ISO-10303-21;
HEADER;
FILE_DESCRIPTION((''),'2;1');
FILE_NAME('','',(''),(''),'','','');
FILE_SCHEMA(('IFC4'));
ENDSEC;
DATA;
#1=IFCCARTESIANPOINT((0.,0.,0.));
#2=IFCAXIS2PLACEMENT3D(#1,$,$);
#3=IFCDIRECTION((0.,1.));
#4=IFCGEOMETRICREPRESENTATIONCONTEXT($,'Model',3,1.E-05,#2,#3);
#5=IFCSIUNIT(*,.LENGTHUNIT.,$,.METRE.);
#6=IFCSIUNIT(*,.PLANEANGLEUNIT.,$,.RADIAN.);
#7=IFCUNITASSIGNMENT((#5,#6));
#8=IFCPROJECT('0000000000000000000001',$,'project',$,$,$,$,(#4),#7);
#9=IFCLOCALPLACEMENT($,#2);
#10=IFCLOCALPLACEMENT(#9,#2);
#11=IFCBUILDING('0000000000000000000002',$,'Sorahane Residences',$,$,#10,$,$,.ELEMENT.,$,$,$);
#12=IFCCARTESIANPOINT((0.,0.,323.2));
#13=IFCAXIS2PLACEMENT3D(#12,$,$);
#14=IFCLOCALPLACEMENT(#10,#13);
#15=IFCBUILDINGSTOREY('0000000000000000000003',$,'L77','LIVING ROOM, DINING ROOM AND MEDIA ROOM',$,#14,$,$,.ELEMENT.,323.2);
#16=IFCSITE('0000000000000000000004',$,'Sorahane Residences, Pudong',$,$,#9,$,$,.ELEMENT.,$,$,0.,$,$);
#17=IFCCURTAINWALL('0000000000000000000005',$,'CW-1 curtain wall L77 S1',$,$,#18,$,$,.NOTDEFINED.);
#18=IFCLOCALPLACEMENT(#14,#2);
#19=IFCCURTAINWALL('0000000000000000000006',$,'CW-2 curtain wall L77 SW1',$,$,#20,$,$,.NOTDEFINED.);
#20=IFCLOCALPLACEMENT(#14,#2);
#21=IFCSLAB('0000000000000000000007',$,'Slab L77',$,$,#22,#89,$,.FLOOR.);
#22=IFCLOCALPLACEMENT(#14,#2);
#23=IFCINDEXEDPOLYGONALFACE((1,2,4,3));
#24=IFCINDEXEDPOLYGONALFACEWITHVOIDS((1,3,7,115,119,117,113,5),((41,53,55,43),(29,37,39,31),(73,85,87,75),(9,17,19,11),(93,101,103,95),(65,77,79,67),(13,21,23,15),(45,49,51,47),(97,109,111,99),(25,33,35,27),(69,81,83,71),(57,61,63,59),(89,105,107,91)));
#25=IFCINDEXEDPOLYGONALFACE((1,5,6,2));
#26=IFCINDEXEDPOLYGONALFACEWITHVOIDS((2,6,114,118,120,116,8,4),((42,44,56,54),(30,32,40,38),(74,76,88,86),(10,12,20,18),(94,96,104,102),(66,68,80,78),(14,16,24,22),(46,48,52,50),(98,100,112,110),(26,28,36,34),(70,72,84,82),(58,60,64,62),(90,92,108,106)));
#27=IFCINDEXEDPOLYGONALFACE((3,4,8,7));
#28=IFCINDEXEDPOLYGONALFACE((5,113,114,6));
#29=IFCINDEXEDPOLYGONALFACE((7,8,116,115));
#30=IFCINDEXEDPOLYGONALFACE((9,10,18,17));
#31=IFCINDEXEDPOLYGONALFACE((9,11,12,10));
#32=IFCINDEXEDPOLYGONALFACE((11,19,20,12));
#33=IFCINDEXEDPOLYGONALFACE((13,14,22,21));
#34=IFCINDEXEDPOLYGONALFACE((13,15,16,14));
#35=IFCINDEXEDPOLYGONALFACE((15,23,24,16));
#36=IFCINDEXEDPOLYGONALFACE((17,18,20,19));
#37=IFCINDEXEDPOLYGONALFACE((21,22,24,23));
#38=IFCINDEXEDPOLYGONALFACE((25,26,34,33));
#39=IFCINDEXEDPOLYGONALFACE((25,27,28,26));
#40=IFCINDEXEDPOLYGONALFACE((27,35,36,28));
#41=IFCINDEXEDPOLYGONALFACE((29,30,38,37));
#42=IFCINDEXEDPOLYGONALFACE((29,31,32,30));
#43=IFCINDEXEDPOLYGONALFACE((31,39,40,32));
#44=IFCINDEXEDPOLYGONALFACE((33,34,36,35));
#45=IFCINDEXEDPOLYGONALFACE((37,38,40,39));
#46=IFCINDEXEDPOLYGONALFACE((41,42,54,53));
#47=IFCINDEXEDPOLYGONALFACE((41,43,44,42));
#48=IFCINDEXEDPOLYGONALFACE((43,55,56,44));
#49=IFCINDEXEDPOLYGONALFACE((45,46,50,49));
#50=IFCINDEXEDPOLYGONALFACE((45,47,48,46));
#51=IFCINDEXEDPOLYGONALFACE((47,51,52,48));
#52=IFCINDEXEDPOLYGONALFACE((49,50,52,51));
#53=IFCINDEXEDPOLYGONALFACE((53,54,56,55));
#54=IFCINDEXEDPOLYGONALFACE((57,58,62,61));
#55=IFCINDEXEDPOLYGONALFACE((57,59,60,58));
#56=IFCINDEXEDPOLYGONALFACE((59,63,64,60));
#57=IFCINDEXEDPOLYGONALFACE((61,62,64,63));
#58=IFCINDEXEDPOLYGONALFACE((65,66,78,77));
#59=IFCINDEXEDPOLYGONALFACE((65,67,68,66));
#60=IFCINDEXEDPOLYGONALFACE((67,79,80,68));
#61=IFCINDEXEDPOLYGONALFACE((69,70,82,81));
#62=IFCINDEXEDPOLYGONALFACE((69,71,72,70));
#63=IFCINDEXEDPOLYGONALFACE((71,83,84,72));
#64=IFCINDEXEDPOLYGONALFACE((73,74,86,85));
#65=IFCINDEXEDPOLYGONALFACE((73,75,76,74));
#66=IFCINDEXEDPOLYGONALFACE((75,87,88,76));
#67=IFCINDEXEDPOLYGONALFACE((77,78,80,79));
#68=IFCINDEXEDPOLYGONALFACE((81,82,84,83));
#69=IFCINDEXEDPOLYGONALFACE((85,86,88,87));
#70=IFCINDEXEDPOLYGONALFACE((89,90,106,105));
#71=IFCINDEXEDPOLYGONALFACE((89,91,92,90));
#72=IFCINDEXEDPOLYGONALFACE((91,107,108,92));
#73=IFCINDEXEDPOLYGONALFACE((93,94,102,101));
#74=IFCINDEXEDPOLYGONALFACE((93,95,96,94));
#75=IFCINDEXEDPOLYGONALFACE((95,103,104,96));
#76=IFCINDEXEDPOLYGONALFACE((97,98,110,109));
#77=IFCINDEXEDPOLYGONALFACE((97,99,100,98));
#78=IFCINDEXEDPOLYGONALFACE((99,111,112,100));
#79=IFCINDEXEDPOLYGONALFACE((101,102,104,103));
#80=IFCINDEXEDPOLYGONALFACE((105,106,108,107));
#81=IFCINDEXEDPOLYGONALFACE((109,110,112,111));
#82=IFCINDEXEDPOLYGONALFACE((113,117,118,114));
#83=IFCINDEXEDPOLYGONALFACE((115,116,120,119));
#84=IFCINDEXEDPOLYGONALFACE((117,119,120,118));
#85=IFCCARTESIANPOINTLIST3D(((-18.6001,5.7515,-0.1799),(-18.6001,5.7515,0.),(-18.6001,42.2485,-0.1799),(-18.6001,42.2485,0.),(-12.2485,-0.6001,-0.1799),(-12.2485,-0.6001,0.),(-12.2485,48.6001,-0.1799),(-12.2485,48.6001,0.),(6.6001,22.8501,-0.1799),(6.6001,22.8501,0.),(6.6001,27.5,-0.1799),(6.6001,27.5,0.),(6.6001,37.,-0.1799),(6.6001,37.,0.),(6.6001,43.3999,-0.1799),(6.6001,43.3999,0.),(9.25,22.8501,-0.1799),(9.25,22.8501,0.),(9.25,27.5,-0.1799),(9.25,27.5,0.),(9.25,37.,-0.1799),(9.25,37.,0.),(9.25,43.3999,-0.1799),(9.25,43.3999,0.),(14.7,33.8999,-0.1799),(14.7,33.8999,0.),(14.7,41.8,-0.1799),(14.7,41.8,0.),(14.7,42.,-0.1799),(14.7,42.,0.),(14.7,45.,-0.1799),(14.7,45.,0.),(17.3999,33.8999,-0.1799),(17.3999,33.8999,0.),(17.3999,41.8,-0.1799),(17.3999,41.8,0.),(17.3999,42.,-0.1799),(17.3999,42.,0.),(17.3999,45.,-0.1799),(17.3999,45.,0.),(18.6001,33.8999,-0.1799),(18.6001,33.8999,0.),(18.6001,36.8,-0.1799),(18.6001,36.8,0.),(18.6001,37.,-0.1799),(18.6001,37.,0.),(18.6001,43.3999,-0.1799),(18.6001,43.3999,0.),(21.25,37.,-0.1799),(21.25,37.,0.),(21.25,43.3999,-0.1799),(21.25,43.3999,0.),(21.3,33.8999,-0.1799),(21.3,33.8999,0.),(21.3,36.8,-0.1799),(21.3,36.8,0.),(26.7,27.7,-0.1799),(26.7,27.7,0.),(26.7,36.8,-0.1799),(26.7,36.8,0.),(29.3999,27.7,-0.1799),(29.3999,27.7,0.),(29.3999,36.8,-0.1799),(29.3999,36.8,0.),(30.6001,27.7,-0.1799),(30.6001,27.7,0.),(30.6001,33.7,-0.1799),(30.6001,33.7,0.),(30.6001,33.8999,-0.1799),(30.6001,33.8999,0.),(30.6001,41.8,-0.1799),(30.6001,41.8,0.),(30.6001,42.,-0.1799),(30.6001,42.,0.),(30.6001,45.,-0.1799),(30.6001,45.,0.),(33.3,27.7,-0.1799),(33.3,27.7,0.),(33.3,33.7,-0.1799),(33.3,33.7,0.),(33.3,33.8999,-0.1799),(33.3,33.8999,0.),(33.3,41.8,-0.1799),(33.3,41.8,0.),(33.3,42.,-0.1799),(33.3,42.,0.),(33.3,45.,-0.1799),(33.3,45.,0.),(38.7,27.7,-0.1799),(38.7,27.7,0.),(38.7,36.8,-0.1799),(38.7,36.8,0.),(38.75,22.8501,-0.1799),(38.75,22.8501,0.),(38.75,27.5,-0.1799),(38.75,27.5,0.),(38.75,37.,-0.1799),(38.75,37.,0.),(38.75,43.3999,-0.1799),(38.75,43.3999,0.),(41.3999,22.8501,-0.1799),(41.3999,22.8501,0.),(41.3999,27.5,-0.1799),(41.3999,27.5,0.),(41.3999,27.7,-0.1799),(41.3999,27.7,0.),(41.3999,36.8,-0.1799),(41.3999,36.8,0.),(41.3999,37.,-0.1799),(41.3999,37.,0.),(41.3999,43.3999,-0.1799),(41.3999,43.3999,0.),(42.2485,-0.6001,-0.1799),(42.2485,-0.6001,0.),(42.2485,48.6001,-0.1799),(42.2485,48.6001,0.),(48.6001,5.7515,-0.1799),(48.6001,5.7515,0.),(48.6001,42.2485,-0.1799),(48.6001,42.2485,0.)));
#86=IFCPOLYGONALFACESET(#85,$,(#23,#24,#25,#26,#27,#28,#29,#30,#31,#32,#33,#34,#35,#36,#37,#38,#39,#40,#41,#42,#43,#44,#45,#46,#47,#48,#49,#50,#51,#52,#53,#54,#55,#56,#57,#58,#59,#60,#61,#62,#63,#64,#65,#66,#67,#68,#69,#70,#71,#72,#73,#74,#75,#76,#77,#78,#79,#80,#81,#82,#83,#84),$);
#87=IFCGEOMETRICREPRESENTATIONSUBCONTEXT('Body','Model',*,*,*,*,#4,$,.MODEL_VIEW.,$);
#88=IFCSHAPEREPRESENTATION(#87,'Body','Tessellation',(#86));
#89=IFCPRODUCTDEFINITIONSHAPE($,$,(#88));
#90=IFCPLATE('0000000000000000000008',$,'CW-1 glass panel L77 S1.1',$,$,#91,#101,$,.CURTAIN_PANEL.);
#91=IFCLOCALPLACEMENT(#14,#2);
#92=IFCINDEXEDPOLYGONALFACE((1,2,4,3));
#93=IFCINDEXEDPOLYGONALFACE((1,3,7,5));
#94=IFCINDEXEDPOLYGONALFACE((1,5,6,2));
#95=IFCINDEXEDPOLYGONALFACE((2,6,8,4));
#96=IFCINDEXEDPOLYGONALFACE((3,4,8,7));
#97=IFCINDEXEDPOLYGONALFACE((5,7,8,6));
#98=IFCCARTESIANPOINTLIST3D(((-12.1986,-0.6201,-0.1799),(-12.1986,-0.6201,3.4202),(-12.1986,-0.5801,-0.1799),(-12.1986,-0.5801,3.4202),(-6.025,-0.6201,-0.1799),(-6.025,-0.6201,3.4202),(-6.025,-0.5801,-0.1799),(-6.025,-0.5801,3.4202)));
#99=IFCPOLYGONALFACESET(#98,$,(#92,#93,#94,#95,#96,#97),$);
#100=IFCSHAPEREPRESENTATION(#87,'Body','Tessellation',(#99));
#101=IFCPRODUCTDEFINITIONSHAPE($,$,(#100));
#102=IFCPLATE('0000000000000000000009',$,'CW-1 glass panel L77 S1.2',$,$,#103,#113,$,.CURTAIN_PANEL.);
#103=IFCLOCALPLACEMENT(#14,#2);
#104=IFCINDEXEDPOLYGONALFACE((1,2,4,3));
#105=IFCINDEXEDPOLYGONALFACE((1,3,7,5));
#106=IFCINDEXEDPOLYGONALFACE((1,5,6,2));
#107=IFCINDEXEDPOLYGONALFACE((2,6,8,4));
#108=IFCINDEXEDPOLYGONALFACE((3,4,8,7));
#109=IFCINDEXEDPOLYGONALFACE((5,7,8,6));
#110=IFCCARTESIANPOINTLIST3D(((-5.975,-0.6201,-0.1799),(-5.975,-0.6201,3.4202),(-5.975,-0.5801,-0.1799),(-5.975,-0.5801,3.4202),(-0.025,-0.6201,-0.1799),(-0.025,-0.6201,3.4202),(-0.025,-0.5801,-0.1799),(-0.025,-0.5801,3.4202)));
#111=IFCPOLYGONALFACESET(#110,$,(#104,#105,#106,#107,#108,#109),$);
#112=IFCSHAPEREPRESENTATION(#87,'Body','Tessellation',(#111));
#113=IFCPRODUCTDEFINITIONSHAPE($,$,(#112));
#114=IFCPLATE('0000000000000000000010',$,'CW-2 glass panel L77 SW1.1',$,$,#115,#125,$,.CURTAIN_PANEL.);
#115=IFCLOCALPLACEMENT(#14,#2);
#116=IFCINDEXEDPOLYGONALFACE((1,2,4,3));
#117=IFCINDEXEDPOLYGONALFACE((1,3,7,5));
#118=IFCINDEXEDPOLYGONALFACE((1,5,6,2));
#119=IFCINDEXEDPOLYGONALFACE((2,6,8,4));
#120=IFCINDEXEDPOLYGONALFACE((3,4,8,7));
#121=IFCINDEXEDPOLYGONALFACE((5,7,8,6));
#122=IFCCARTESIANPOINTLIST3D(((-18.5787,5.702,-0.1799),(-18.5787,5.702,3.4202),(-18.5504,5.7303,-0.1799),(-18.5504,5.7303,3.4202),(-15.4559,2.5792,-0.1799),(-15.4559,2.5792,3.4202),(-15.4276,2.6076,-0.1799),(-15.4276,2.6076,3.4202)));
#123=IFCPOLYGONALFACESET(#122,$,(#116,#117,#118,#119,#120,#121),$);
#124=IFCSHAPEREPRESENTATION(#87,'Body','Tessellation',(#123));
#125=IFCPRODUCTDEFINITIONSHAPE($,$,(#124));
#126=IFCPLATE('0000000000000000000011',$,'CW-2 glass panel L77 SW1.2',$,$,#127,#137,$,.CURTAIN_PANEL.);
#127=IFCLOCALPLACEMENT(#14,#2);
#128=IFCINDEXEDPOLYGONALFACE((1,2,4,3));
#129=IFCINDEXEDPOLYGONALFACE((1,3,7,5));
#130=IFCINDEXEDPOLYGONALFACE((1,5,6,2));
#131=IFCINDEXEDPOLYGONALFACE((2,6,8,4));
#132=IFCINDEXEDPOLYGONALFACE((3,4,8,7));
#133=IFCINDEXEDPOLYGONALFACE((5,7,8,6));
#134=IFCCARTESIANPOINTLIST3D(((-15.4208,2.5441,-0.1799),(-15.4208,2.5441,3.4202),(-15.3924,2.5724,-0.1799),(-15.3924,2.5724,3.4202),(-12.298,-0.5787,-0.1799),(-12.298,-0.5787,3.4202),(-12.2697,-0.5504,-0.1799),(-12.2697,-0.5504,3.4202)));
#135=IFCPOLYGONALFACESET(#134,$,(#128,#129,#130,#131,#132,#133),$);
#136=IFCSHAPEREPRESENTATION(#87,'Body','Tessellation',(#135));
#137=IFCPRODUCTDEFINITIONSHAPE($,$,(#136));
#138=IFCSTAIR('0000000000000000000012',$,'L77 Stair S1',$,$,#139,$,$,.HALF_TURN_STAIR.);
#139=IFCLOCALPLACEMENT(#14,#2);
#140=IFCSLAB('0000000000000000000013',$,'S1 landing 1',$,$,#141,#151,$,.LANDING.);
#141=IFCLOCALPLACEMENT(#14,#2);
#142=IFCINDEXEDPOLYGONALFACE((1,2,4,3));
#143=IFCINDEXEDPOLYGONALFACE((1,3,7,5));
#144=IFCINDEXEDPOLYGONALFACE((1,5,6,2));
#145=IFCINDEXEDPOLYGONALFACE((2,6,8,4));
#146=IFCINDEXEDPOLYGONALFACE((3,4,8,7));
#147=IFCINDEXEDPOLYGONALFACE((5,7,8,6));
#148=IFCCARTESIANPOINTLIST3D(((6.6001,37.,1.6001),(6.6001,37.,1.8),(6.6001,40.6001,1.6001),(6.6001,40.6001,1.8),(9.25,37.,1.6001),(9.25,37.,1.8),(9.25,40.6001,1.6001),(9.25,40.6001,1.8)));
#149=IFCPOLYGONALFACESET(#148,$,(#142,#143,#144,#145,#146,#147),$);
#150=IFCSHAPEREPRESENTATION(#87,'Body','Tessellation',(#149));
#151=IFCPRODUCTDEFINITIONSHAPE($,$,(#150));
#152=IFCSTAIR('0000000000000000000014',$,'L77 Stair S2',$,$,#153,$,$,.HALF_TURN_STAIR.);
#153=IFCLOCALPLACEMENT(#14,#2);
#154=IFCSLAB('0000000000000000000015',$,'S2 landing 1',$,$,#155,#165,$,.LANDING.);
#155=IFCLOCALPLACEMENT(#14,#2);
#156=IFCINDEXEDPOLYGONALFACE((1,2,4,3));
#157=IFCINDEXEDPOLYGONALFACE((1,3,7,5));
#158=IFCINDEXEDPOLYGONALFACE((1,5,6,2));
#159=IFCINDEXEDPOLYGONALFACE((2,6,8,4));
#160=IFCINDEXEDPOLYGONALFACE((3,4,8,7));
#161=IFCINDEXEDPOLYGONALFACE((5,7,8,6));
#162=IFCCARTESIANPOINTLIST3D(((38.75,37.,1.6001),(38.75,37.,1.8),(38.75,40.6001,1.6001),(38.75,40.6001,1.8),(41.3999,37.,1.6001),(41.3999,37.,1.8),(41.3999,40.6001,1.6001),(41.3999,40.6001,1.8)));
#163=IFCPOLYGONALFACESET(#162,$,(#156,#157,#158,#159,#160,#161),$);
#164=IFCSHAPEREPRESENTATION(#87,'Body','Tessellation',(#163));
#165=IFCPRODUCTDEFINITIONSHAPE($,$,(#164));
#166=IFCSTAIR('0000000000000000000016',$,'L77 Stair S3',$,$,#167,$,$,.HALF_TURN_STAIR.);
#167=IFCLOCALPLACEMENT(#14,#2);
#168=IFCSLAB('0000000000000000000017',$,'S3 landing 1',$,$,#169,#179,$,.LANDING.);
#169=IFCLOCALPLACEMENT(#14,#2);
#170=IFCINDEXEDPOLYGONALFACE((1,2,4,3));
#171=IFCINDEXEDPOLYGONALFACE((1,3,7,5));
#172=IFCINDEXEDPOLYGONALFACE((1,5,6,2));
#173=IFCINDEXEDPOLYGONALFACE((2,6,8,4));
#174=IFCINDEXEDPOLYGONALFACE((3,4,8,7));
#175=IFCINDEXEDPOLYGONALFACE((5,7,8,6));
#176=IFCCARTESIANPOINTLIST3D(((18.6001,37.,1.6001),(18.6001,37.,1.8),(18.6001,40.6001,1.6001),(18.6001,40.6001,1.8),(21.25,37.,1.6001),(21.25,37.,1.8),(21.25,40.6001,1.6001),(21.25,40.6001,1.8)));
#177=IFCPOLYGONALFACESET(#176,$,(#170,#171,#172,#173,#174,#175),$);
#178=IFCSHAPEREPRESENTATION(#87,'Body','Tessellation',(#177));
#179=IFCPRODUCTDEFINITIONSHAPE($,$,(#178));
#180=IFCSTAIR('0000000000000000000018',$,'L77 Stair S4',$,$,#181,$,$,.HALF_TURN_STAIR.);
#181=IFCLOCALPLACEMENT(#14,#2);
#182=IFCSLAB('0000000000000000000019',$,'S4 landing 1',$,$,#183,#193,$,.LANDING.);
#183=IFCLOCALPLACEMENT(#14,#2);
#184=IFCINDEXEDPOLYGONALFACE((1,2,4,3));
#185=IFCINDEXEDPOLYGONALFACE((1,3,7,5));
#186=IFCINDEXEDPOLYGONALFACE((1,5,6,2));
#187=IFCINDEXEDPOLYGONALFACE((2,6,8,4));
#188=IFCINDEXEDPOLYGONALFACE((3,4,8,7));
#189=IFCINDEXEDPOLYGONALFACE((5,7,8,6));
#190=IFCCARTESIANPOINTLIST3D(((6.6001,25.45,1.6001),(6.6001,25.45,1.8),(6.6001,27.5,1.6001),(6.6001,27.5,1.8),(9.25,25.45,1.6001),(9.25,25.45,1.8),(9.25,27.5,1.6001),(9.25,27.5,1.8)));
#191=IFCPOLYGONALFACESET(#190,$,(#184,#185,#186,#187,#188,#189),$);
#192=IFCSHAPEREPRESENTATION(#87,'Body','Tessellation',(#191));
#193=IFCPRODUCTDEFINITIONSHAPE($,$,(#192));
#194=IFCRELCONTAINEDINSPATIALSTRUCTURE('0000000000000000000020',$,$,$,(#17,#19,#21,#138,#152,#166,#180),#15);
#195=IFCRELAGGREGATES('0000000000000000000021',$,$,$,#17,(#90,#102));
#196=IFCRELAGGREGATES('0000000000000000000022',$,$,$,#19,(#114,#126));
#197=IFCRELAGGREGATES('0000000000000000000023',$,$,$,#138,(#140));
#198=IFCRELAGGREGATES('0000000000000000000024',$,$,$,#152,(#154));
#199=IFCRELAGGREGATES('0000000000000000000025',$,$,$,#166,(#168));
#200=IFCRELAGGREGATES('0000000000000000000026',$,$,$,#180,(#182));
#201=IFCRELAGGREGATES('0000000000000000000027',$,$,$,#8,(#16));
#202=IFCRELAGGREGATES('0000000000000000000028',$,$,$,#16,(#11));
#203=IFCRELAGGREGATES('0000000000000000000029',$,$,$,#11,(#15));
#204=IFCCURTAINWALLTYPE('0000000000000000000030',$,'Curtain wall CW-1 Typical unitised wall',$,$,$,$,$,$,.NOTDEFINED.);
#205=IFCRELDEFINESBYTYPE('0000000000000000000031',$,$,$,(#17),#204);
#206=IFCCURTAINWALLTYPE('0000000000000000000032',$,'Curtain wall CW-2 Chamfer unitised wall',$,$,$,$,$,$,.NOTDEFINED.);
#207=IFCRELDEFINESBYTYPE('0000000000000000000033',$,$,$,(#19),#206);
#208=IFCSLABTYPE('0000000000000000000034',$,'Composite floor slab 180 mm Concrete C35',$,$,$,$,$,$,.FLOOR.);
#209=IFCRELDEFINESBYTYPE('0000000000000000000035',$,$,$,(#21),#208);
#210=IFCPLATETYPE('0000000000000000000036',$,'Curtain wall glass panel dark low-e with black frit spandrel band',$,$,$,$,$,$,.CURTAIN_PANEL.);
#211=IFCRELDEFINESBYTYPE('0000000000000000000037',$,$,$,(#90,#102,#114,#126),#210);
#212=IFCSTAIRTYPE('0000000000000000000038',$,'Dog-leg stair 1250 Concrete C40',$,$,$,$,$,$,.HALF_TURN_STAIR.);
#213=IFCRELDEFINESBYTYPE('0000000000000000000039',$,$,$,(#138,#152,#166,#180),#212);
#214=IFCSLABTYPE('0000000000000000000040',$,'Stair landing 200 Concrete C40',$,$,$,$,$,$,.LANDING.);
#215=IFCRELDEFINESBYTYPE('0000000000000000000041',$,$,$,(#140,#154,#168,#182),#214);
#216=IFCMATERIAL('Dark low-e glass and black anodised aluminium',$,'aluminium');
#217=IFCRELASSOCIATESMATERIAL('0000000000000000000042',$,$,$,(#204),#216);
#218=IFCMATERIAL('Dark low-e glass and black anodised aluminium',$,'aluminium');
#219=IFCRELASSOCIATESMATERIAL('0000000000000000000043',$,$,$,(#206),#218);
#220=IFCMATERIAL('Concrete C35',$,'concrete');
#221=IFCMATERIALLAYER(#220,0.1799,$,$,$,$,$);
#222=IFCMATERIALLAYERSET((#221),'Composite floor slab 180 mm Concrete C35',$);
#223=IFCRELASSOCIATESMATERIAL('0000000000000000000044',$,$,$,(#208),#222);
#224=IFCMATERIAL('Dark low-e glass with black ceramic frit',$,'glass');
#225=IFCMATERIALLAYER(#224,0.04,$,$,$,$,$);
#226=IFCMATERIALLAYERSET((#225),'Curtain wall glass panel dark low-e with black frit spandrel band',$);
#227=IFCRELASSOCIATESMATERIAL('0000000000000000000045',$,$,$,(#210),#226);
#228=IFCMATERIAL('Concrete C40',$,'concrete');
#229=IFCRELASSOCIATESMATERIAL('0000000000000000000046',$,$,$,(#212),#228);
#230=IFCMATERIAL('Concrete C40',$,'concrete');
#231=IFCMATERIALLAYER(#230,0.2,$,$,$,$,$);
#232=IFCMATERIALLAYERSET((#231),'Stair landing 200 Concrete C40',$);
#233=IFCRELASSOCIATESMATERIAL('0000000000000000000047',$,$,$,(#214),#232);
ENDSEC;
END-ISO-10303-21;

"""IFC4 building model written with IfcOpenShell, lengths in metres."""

from ifc_helpers import new_model, si_unit, direction, frame, origin, origin_2d, place, context, subcontext, project, spatial, polyline, rectangle, outline, extrude, material, layer, layer_set, type_object, element, aggregate, save


model = new_model("IFC4")

# Units and contexts
model_context = context("Model", 3, precision=1e-05, world=origin(), true_north=direction((0.0, 1.0)))
body_context = subcontext(model_context, "Body", "Model", "MODEL_VIEW")
ifc_project = project(units=[si_unit("LENGTHUNIT", "METRE"), si_unit("PLANEANGLEUNIT", "RADIAN")], contexts=[model_context])

# Site, building, storey
site_placement = place(None, origin())
site = spatial("IfcSite", under=ifc_project, at=site_placement, Name="Sorahane Residences, Pudong", CompositionType="ELEMENT", RefElevation=0.0)
building_placement = place(site_placement, origin())
building = spatial("IfcBuilding", under=site, at=building_placement, Name="Sorahane Residences", CompositionType="ELEMENT")
storey_placement = place(building_placement, frame((0.0, 0.0, 323.2)))
storey = spatial("IfcBuildingStorey", under=building, at=storey_placement, Name="L77", Description="LIVING ROOM, DINING ROOM AND MEDIA ROOM", CompositionType="ELEMENT", Elevation=323.2)

# Curtain wall
ifc_material_1 = material(Name="Dark low-e glass and black anodised aluminium", Category="aluminium")
curtain_wall_type_1 = type_object("IfcCurtainWallType", Name="Curtain wall CW-1 Typical unitised wall", PredefinedType="NOTDEFINED", material=ifc_material_1)
curtain_wall_1_placement = place(storey_placement, origin())
curtain_wall_1 = element("IfcCurtainWall", 1, at=curtain_wall_1_placement, inside=storey, type_object=curtain_wall_type_1, Name="CW-1 curtain wall L77 S1", PredefinedType="NOTDEFINED")

# Curtain wall
ifc_material_2 = material(Name="Dark low-e glass and black anodised aluminium", Category="aluminium")
curtain_wall_type_2 = type_object("IfcCurtainWallType", Name="Curtain wall CW-2 Chamfer unitised wall", PredefinedType="NOTDEFINED", material=ifc_material_2)
curtain_wall_2_placement = place(storey_placement, origin())
curtain_wall_2 = element("IfcCurtainWall", 2, at=curtain_wall_2_placement, inside=storey, type_object=curtain_wall_type_2, Name="CW-2 curtain wall L77 SW1", PredefinedType="NOTDEFINED")

# Slab
ifc_material_3 = material(Name="Concrete C35", Category="concrete")
ifc_layer_1 = layer(ifc_material_3, 0.1799)
ifc_layer_set_1 = layer_set([ifc_layer_1], Name="Composite floor slab 180 mm Concrete C35")
slab_type_1 = type_object("IfcSlabType", Name="Composite floor slab 180 mm Concrete C35", PredefinedType="FLOOR", material=ifc_layer_set_1)
slab_1_placement = place(storey_placement, frame((0.0, 0.0, -0.1799)))
element("IfcSlab", 3, at=slab_1_placement, inside=storey, type_object=slab_type_1, Name="Slab L77", PredefinedType="FLOOR", context=body_context, shape_type="SweptSolid", body=[
    extrude(outline(polyline([(-12.2485, -0.6001), (-18.6001, 5.7515), (-18.6001, 42.2485), (-12.2485, 48.6001), (42.2485, 48.6001), (48.6001, 42.2485), (48.6001, 5.7515), (42.2485, -0.6001), (-12.2485, -0.6001)]), holes=[polyline([(38.7, 27.7), (41.3999, 27.7), (41.3999, 36.8), (38.7, 36.8), (38.7, 27.7)]), polyline([(30.6001, 27.7), (33.3, 27.7), (33.3, 33.7), (30.6001, 33.7), (30.6001, 27.7)]), polyline([(30.6001, 42.0), (33.3, 42.0), (33.3, 45.0), (30.6001, 45.0), (30.6001, 42.0)]), polyline([(14.7, 42.0), (17.3999, 42.0), (17.3999, 45.0), (14.7, 45.0), (14.7, 42.0)]), polyline([(6.6001, 43.3999), (6.6001, 37.0), (9.25, 37.0), (9.25, 43.3999), (6.6001, 43.3999)]), polyline([(38.75, 43.3999), (38.75, 37.0), (41.3999, 37.0), (41.3999, 43.3999), (38.75, 43.3999)]), polyline([(18.6001, 43.3999), (18.6001, 37.0), (21.25, 37.0), (21.25, 43.3999), (18.6001, 43.3999)]), polyline([(9.25, 22.8501), (9.25, 27.5), (6.6001, 27.5), (6.6001, 22.8501), (9.25, 22.8501)]), polyline([(41.3999, 22.8501), (41.3999, 27.5), (38.75, 27.5), (38.75, 22.8501), (41.3999, 22.8501)]), polyline([(14.7, 33.8999), (17.3999, 33.8999), (17.3999, 41.8), (14.7, 41.8), (14.7, 33.8999)]), polyline([(30.6001, 33.8999), (33.3, 33.8999), (33.3, 41.8), (30.6001, 41.8), (30.6001, 33.8999)]), polyline([(18.6001, 33.8999), (21.3, 33.8999), (21.3, 36.8), (18.6001, 36.8), (18.6001, 33.8999)]), polyline([(26.7, 27.7), (29.3999, 27.7), (29.3999, 36.8), (26.7, 36.8), (26.7, 27.7)])]), origin(), (0.0, 0.0, 1.0), 0.1799),
])

# Plates
ifc_material_4 = material(Name="Dark low-e glass with black ceramic frit", Category="glass")
ifc_layer_2 = layer(ifc_material_4, 0.04)
ifc_layer_set_2 = layer_set([ifc_layer_2], Name="Curtain wall glass panel dark low-e with black frit spandrel band")
plate_type = type_object("IfcPlateType", Name="Curtain wall glass panel dark low-e with black frit spandrel band", PredefinedType="CURTAIN_PANEL", material=ifc_layer_set_2)
plate_1_placement = place(storey_placement, frame((-9.1118, -0.6001, -0.1799), z_axis=(0.0, 0.0, 1.0), x_axis=(1.0, 0.0, 0.0)))
plate_1 = element("IfcPlate", 4, at=plate_1_placement, type_object=plate_type, Name="CW-1 glass panel L77 S1.1", PredefinedType="CURTAIN_PANEL", context=body_context, shape_type="SweptSolid", body=[
    extrude(rectangle(XDim=6.1736, YDim=0.04, at=origin_2d()), origin(), (0.0, 0.0, 1.0), 3.6001),
])
plate_2_placement = place(storey_placement, frame((-3.0, -0.6001, -0.1799), z_axis=(0.0, 0.0, 1.0), x_axis=(1.0, 0.0, 0.0)))
plate_2 = element("IfcPlate", 5, at=plate_2_placement, type_object=plate_type, Name="CW-1 glass panel L77 S1.2", PredefinedType="CURTAIN_PANEL", context=body_context, shape_type="SweptSolid", body=[
    extrude(rectangle(XDim=5.95, YDim=0.04, at=origin_2d()), origin(), (0.0, 0.0, 1.0), 3.6001),
])
aggregate(curtain_wall_1, [plate_1, plate_2])
plate_3_placement = place(storey_placement, frame((-17.0032, 4.1548, -0.1799), z_axis=(0.0, 0.0, 1.0), x_axis=(0.707107, -0.707107, 0.0)))
plate_3 = element("IfcPlate", 6, at=plate_3_placement, type_object=plate_type, Name="CW-2 glass panel L77 SW1.1", PredefinedType="CURTAIN_PANEL", context=body_context, shape_type="SweptSolid", body=[
    extrude(rectangle(XDim=4.4163, YDim=0.04, at=origin_2d()), origin(), (0.0, 0.0, 1.0), 3.6001),
])
plate_4_placement = place(storey_placement, frame((-13.8452, 0.9968, -0.1799), z_axis=(0.0, 0.0, 1.0), x_axis=(0.707107, -0.707107, 0.0)))
plate_4 = element("IfcPlate", 7, at=plate_4_placement, type_object=plate_type, Name="CW-2 glass panel L77 SW1.2", PredefinedType="CURTAIN_PANEL", context=body_context, shape_type="SweptSolid", body=[
    extrude(rectangle(XDim=4.4163, YDim=0.04, at=origin_2d()), origin(), (0.0, 0.0, 1.0), 3.6001),
])
aggregate(curtain_wall_2, [plate_3, plate_4])

# Stairs, slabs
ifc_material_5 = material(Name="Concrete C40", Category="concrete")
stair_type = type_object("IfcStairType", Name="Dog-leg stair 1250 Concrete C40", PredefinedType="HALF_TURN_STAIR", material=ifc_material_5)
stair_1_placement = place(storey_placement, origin())
stair_1 = element("IfcStair", 8, at=stair_1_placement, inside=storey, type_object=stair_type, Name="L77 Stair S1", PredefinedType="HALF_TURN_STAIR")
ifc_material_6 = material(Name="Concrete C40", Category="concrete")
ifc_layer_3 = layer(ifc_material_6, 0.2)
ifc_layer_set_3 = layer_set([ifc_layer_3], Name="Stair landing 200 Concrete C40")
slab_type_2 = type_object("IfcSlabType", Name="Stair landing 200 Concrete C40", PredefinedType="LANDING", material=ifc_layer_set_3)
slab_2_placement = place(storey_placement, frame((0.0, 0.0, 1.6001)))
slab_2 = element("IfcSlab", 9, at=slab_2_placement, type_object=slab_type_2, Name="S1 landing 1", PredefinedType="LANDING", context=body_context, shape_type="SweptSolid", body=[
    extrude(outline(polyline([(6.6001, 40.6001), (6.6001, 37.0), (9.25, 37.0), (9.25, 40.6001), (6.6001, 40.6001)])), origin(), (0.0, 0.0, 1.0), 0.2),
])
aggregate(stair_1, [slab_2])
stair_2_placement = place(storey_placement, origin())
stair_2 = element("IfcStair", 10, at=stair_2_placement, inside=storey, type_object=stair_type, Name="L77 Stair S2", PredefinedType="HALF_TURN_STAIR")
slab_3_placement = place(storey_placement, frame((0.0, 0.0, 1.6001)))
slab_3 = element("IfcSlab", 11, at=slab_3_placement, type_object=slab_type_2, Name="S2 landing 1", PredefinedType="LANDING", context=body_context, shape_type="SweptSolid", body=[
    extrude(outline(polyline([(38.75, 40.6001), (38.75, 37.0), (41.3999, 37.0), (41.3999, 40.6001), (38.75, 40.6001)])), origin(), (0.0, 0.0, 1.0), 0.2),
])
aggregate(stair_2, [slab_3])
stair_3_placement = place(storey_placement, origin())
stair_3 = element("IfcStair", 12, at=stair_3_placement, inside=storey, type_object=stair_type, Name="L77 Stair S3", PredefinedType="HALF_TURN_STAIR")
slab_4_placement = place(storey_placement, frame((0.0, 0.0, 1.6001)))
slab_4 = element("IfcSlab", 13, at=slab_4_placement, type_object=slab_type_2, Name="S3 landing 1", PredefinedType="LANDING", context=body_context, shape_type="SweptSolid", body=[
    extrude(outline(polyline([(18.6001, 40.6001), (18.6001, 37.0), (21.25, 37.0), (21.25, 40.6001), (18.6001, 40.6001)])), origin(), (0.0, 0.0, 1.0), 0.2),
])
aggregate(stair_3, [slab_4])
stair_4_placement = place(storey_placement, origin())
stair_4 = element("IfcStair", 14, at=stair_4_placement, inside=storey, type_object=stair_type, Name="L77 Stair S4", PredefinedType="HALF_TURN_STAIR")
slab_5_placement = place(storey_placement, frame((0.0, 0.0, 1.6001)))
slab_5 = element("IfcSlab", 15, at=slab_5_placement, type_object=slab_type_2, Name="S4 landing 1", PredefinedType="LANDING", context=body_context, shape_type="SweptSolid", body=[
    extrude(outline(polyline([(9.25, 25.45), (9.25, 27.5), (6.6001, 27.5), (6.6001, 25.45), (9.25, 25.45)])), origin(), (0.0, 0.0, 1.0), 0.2),
])
aggregate(stair_4, [slab_5])

save(model, "model.ifc")
